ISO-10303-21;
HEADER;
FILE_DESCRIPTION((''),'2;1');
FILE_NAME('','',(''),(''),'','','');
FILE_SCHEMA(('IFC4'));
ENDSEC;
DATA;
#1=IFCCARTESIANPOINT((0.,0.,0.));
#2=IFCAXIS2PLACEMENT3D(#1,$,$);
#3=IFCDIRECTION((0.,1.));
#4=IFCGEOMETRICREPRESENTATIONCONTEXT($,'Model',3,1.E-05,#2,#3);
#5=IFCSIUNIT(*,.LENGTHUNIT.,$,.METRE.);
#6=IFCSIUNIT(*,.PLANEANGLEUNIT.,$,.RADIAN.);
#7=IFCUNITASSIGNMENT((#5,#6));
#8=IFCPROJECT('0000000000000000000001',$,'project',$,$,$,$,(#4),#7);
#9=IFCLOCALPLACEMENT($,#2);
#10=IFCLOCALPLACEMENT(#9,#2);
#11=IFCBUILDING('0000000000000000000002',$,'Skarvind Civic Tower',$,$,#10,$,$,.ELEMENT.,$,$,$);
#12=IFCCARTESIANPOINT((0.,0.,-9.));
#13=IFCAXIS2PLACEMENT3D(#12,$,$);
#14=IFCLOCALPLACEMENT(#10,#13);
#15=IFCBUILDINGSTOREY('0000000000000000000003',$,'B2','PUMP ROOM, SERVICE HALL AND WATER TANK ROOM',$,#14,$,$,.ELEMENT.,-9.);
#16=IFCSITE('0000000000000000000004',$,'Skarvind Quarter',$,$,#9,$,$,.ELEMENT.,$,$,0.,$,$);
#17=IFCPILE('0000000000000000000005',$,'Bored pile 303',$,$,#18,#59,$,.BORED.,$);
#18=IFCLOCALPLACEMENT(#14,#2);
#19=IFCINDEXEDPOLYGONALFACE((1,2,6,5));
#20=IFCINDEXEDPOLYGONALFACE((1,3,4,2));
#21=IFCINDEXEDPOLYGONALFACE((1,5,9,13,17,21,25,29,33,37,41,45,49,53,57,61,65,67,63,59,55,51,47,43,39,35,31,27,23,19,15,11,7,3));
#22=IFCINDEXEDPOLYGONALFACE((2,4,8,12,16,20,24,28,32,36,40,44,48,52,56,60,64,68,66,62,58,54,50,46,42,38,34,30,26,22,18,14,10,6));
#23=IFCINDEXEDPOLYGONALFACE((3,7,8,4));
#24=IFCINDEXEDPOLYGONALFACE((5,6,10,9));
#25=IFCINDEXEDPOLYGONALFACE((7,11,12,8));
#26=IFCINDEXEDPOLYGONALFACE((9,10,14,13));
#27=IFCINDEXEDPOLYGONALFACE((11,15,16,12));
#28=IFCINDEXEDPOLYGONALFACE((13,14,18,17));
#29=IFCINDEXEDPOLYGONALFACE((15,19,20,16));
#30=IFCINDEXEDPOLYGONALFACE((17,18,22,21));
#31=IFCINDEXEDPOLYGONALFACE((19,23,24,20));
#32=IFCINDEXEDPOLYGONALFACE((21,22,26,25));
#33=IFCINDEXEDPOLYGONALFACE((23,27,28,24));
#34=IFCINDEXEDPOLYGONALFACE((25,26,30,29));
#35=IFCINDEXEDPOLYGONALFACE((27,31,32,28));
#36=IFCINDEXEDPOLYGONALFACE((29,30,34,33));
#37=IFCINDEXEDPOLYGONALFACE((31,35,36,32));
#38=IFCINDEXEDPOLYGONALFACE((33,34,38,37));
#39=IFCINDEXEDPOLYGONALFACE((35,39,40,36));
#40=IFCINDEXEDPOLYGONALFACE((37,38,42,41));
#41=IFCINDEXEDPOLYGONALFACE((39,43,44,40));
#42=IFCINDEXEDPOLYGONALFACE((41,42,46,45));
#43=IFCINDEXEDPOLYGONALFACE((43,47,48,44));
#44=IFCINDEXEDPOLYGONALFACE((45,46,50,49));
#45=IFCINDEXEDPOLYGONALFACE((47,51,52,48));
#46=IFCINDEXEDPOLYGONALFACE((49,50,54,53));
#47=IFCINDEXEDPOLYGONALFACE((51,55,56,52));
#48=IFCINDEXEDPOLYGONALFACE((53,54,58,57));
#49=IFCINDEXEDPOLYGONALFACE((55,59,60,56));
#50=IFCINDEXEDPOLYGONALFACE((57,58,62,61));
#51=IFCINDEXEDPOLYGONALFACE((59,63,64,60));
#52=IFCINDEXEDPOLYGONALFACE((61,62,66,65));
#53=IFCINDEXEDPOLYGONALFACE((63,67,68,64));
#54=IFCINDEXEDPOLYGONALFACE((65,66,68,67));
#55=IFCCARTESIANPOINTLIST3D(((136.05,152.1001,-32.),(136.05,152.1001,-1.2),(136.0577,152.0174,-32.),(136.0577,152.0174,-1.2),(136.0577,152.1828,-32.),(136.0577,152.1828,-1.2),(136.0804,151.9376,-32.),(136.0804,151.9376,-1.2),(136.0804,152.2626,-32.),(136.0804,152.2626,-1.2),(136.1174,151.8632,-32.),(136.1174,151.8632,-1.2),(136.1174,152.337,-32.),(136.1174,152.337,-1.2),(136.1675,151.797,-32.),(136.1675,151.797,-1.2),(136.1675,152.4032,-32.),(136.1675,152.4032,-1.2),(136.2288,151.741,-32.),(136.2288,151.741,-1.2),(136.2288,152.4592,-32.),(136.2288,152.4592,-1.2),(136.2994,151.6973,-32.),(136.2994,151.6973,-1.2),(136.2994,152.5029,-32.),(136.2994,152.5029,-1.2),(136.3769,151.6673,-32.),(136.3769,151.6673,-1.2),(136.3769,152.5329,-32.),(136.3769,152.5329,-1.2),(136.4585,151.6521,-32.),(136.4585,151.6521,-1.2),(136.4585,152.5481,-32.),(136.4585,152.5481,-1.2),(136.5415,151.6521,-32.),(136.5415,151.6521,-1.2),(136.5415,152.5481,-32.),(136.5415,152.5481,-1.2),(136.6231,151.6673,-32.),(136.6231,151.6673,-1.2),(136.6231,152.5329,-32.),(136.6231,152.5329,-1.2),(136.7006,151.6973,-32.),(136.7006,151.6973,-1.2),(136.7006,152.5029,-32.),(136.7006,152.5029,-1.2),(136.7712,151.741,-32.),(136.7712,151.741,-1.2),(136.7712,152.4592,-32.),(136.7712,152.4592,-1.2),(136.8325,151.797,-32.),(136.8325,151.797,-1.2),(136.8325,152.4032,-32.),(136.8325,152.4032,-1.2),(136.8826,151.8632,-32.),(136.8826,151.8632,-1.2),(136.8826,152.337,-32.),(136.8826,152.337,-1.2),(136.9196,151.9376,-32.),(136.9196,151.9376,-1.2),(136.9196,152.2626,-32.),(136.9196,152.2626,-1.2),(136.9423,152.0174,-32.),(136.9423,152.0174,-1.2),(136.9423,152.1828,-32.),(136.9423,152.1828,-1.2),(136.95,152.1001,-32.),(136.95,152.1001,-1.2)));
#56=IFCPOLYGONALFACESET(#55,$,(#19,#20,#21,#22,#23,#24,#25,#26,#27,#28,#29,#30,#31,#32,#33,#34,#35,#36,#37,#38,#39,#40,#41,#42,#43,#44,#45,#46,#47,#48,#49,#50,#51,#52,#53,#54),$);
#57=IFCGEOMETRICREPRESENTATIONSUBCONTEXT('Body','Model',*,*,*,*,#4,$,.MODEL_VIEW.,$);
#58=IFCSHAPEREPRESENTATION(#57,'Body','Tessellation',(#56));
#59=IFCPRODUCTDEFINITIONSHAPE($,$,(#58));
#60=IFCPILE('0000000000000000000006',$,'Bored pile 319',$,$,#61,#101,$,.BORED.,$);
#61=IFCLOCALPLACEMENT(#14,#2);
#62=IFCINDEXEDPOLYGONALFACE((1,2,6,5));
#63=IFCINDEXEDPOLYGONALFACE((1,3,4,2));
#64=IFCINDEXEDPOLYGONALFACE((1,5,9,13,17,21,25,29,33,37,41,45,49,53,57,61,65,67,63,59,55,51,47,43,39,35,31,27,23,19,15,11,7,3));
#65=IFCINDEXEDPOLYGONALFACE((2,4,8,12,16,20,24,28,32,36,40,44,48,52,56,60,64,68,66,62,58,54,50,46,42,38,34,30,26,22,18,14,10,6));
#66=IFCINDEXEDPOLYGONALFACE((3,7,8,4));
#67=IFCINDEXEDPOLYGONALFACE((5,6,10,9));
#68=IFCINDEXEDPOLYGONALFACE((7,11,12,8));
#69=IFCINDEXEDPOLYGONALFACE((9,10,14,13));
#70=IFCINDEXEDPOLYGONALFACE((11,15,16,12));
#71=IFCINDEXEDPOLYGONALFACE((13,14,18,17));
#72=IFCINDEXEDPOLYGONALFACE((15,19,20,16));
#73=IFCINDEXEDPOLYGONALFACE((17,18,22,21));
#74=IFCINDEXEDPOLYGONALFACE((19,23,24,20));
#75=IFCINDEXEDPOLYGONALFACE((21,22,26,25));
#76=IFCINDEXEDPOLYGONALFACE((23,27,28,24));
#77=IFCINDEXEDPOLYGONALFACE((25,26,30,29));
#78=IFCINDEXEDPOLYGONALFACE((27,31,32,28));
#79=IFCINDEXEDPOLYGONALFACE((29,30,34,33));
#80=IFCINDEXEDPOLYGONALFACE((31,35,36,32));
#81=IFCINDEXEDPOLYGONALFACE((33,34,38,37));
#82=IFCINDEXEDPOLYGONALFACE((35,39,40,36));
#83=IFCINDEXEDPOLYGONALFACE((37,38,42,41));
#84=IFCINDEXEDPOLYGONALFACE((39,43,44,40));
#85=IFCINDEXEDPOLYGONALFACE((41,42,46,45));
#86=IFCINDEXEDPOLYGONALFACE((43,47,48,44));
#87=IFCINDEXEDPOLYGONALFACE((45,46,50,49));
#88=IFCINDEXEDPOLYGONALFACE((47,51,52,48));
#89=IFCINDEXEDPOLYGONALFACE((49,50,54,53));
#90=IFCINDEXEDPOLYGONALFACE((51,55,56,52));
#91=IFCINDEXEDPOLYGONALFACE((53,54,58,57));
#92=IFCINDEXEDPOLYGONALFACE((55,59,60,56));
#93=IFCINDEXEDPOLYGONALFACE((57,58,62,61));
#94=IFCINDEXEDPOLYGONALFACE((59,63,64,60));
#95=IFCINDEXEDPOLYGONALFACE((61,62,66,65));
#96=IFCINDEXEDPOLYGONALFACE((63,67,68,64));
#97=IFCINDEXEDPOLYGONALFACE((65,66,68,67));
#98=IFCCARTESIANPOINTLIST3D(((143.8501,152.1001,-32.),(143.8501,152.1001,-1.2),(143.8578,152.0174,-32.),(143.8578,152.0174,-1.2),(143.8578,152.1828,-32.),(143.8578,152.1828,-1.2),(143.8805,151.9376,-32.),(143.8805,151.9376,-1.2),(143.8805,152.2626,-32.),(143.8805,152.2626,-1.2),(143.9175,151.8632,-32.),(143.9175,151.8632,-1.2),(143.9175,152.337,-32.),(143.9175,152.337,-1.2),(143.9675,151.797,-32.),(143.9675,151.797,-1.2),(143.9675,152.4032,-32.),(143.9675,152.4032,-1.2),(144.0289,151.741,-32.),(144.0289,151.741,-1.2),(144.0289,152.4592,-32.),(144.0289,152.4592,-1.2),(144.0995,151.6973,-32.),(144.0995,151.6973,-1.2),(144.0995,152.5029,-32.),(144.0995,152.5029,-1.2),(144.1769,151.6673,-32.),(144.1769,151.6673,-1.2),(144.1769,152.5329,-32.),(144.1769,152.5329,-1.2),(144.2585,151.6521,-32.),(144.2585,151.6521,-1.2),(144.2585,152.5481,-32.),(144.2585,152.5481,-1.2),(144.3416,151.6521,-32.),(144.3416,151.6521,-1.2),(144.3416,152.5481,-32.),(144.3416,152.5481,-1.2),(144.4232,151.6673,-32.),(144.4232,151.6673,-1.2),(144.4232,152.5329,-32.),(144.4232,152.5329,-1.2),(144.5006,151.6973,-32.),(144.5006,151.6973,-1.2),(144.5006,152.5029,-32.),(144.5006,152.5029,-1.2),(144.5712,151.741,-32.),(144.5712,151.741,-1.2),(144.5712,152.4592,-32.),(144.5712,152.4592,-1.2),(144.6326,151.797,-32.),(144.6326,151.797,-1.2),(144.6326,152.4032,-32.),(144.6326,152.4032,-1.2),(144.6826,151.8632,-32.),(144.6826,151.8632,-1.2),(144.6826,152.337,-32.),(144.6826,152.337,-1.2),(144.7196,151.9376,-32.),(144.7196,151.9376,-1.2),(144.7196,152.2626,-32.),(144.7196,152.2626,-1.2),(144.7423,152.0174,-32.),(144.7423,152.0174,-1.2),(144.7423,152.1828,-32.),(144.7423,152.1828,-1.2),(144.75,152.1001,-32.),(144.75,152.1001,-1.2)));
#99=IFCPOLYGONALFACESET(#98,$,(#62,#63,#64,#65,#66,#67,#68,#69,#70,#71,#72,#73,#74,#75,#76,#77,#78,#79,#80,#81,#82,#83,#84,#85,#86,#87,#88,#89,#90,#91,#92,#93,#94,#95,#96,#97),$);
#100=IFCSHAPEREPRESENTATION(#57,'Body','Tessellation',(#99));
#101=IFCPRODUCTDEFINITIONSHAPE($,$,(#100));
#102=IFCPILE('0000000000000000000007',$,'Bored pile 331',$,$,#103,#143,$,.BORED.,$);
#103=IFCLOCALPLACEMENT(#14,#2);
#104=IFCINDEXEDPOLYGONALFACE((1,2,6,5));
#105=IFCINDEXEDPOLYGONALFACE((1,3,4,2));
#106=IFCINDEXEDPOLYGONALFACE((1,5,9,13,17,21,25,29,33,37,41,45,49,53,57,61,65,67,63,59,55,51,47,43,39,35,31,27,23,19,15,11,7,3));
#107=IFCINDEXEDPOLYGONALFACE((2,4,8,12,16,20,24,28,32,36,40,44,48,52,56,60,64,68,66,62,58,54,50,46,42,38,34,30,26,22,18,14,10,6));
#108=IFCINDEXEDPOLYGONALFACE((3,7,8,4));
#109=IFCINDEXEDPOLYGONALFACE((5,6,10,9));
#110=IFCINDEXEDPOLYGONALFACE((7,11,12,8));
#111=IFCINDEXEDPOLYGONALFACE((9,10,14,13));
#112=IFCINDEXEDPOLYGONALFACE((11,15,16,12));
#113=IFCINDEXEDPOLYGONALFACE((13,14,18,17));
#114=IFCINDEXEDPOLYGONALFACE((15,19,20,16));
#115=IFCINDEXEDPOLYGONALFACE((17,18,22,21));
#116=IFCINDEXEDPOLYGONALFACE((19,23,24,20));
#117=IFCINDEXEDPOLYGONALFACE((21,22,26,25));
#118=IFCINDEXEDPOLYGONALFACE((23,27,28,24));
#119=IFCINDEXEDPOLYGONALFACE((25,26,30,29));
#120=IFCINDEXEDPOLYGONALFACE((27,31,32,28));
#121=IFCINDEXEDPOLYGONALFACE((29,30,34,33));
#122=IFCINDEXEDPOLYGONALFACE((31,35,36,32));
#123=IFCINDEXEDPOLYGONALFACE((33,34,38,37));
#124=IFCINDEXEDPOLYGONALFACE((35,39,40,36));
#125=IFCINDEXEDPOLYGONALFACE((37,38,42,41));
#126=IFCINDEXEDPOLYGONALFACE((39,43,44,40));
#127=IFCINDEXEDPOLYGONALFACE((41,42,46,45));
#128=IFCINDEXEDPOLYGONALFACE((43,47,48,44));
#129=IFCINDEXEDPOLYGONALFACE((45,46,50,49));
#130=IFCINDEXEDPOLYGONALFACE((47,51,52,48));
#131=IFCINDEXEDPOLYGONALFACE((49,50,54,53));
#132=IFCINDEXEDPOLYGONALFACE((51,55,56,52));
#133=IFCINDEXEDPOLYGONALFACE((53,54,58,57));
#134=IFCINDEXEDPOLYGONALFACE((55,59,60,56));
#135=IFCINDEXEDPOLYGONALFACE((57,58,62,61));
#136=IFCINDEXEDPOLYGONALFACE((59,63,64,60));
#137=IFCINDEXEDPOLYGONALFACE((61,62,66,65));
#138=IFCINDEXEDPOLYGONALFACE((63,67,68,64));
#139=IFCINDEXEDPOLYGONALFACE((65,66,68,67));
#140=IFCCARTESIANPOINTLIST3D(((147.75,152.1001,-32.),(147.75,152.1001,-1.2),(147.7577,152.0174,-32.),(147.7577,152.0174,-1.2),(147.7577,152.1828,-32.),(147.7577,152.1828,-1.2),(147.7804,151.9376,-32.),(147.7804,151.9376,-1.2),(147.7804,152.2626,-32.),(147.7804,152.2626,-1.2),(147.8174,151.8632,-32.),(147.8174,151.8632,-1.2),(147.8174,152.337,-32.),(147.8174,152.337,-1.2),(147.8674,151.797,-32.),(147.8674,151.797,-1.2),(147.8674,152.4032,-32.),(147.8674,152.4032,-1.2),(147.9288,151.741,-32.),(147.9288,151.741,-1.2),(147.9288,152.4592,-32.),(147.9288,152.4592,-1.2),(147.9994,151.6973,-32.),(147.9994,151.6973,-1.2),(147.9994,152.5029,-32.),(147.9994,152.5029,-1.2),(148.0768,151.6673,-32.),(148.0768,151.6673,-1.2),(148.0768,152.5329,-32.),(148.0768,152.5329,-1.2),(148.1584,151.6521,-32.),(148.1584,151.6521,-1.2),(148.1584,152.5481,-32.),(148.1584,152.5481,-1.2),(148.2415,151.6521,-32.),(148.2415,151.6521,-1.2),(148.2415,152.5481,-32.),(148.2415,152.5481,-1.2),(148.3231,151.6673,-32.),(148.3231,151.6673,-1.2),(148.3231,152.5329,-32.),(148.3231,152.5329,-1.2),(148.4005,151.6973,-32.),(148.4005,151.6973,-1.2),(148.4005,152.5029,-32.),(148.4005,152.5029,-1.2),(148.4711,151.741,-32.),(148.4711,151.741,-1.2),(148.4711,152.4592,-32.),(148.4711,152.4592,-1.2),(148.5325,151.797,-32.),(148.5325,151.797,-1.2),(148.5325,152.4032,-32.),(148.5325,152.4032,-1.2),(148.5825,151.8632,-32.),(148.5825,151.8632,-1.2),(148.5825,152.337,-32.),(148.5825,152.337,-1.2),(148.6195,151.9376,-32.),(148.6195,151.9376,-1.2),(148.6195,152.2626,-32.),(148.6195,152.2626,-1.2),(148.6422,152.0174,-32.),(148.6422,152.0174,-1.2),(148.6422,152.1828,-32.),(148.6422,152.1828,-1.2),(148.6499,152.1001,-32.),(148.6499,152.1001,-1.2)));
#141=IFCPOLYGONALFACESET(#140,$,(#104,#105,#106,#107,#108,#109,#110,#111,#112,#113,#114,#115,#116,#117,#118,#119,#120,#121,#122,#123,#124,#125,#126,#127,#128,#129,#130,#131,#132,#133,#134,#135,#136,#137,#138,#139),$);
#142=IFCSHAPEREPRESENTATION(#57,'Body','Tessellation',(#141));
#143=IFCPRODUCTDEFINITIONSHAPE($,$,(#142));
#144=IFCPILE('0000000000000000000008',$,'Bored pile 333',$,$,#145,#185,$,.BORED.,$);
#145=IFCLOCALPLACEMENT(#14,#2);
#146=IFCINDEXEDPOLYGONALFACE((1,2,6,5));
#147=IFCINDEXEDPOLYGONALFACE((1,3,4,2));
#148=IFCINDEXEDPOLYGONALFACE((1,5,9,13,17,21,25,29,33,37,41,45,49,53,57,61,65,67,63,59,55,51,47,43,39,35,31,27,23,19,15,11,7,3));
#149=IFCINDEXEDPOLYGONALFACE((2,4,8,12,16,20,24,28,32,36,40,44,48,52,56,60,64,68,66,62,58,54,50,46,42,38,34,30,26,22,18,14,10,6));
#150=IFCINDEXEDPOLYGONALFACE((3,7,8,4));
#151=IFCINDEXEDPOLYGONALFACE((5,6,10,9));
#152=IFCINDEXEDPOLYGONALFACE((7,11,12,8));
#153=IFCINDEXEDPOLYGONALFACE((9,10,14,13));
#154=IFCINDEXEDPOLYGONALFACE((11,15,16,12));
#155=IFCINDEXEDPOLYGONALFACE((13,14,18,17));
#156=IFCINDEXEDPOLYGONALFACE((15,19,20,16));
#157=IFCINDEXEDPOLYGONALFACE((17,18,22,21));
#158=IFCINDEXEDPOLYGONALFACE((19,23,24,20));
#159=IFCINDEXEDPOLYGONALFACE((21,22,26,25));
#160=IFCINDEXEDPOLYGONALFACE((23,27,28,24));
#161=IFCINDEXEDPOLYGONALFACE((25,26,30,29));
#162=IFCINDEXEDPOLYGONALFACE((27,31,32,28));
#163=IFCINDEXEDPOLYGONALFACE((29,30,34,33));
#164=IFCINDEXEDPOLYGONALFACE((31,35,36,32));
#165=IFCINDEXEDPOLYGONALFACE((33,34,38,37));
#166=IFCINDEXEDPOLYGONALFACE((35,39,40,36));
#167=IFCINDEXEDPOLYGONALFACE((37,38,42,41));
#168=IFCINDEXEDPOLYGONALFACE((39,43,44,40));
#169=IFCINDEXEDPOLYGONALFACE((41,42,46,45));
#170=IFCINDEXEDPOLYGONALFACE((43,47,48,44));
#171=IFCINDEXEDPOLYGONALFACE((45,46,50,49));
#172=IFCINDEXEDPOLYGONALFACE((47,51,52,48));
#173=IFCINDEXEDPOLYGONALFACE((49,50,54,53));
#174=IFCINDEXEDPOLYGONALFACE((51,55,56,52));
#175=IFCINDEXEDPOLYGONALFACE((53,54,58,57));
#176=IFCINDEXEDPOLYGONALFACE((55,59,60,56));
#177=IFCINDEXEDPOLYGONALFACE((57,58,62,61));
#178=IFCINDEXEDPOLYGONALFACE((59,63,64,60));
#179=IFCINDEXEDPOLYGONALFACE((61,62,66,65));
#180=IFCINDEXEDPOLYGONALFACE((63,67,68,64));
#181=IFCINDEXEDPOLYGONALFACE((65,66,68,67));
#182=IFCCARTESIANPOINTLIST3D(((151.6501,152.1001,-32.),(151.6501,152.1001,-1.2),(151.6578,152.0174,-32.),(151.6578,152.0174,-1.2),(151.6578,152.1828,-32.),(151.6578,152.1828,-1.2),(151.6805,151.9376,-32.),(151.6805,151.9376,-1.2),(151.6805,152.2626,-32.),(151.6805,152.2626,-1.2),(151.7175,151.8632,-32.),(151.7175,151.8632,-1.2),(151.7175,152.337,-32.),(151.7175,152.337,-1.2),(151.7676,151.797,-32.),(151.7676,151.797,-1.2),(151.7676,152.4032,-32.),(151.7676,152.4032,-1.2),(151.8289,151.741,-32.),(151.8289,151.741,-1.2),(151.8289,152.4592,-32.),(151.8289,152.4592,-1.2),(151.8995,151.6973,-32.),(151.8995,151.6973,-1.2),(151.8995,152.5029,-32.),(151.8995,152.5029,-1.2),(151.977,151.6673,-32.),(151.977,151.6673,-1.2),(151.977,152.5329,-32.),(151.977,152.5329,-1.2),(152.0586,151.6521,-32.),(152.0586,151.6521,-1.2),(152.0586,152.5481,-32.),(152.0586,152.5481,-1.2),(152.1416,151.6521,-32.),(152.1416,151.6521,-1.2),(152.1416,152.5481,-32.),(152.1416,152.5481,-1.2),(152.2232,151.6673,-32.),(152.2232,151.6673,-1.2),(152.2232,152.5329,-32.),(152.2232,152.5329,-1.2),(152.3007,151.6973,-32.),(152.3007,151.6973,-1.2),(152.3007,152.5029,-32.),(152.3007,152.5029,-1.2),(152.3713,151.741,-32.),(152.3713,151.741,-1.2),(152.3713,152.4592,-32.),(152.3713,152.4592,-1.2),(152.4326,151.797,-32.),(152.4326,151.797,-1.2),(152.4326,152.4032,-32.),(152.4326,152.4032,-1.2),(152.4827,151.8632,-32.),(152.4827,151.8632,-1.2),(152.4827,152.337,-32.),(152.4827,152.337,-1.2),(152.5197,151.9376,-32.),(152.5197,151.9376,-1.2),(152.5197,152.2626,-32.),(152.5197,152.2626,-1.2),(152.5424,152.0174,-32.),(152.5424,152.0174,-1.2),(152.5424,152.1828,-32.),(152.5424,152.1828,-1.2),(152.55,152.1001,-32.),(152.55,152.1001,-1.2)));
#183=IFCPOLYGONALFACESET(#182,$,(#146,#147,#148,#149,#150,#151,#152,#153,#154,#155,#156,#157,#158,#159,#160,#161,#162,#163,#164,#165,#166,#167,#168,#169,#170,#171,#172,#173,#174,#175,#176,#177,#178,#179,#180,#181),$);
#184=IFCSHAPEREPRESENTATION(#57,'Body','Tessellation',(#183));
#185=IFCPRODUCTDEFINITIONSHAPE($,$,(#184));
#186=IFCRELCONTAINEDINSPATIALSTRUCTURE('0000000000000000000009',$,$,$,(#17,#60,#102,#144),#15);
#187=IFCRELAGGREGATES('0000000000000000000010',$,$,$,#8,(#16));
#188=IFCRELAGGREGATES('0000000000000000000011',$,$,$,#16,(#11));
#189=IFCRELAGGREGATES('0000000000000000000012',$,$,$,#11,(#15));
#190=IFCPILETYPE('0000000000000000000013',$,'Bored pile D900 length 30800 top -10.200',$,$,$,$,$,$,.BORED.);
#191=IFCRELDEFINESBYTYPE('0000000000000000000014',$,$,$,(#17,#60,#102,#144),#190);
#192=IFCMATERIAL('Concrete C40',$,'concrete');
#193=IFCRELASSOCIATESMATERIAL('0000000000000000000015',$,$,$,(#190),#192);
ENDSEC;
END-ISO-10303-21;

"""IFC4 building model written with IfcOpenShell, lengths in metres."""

from ifc_helpers import new_model, si_unit, direction, frame, origin, origin_2d, place, context, subcontext, project, spatial, circle, extrude, material, type_object, element, save


model = new_model("IFC4")

# Units and contexts
model_context = context("Model", 3, precision=1e-05, world=origin(), true_north=direction((0.0, 1.0)))
body_context = subcontext(model_context, "Body", "Model", "MODEL_VIEW")
ifc_project = project(units=[si_unit("LENGTHUNIT", "METRE"), si_unit("PLANEANGLEUNIT", "RADIAN")], contexts=[model_context])

# Site, building, storey
site_placement = place(None, origin())
site = spatial("IfcSite", under=ifc_project, at=site_placement, Name="Skarvind Quarter", CompositionType="ELEMENT", RefElevation=0.0)
building_placement = place(site_placement, origin())
building = spatial("IfcBuilding", under=site, at=building_placement, Name="Skarvind Civic Tower", CompositionType="ELEMENT")
storey_placement = place(building_placement, frame((0.0, 0.0, -9.0)))
storey = spatial("IfcBuildingStorey", under=building, at=storey_placement, Name="B2", Description="PUMP ROOM, SERVICE HALL AND WATER TANK ROOM", CompositionType="ELEMENT", Elevation=-9.0)

# Piles
ifc_material_1 = material(Name="Concrete C40", Category="concrete")
pile_type_1 = type_object("IfcPileType", Name="Bored pile D900 length 30800 top -10.200", PredefinedType="BORED", material=ifc_material_1)
for number, where, z_axis, x_axis, name in (
    (1, (136.5, 152.1001, -1.2), (0.0, 0.0, -1.0), (1.0, 0.0, 0.0), "Bored pile 303"),
    (2, (144.3, 152.1001, -1.2), (0.0, 0.0, -1.0), (1.0, 0.0, 0.0), "Bored pile 319"),
    (3, (148.2, 152.1001, -1.2), (0.0, 0.0, -1.0), (1.0, 0.0, 0.0), "Bored pile 331"),
    (4, (152.1001, 152.1001, -1.2), (0.0, 0.0, -1.0), (1.0, 0.0, 0.0), "Bored pile 333"),
):
    element("IfcPile", number, at=place(storey_placement, frame(where, z_axis=z_axis, x_axis=x_axis)), inside=storey, type_object=pile_type_1, Name=name, PredefinedType="BORED", context=body_context, shape_type="SweptSolid", body=[
        extrude(circle(Radius=0.45, at=origin_2d()), origin(), (0.0, 0.0, 1.0), 30.8),
    ])

save(model, "model.ifc")
